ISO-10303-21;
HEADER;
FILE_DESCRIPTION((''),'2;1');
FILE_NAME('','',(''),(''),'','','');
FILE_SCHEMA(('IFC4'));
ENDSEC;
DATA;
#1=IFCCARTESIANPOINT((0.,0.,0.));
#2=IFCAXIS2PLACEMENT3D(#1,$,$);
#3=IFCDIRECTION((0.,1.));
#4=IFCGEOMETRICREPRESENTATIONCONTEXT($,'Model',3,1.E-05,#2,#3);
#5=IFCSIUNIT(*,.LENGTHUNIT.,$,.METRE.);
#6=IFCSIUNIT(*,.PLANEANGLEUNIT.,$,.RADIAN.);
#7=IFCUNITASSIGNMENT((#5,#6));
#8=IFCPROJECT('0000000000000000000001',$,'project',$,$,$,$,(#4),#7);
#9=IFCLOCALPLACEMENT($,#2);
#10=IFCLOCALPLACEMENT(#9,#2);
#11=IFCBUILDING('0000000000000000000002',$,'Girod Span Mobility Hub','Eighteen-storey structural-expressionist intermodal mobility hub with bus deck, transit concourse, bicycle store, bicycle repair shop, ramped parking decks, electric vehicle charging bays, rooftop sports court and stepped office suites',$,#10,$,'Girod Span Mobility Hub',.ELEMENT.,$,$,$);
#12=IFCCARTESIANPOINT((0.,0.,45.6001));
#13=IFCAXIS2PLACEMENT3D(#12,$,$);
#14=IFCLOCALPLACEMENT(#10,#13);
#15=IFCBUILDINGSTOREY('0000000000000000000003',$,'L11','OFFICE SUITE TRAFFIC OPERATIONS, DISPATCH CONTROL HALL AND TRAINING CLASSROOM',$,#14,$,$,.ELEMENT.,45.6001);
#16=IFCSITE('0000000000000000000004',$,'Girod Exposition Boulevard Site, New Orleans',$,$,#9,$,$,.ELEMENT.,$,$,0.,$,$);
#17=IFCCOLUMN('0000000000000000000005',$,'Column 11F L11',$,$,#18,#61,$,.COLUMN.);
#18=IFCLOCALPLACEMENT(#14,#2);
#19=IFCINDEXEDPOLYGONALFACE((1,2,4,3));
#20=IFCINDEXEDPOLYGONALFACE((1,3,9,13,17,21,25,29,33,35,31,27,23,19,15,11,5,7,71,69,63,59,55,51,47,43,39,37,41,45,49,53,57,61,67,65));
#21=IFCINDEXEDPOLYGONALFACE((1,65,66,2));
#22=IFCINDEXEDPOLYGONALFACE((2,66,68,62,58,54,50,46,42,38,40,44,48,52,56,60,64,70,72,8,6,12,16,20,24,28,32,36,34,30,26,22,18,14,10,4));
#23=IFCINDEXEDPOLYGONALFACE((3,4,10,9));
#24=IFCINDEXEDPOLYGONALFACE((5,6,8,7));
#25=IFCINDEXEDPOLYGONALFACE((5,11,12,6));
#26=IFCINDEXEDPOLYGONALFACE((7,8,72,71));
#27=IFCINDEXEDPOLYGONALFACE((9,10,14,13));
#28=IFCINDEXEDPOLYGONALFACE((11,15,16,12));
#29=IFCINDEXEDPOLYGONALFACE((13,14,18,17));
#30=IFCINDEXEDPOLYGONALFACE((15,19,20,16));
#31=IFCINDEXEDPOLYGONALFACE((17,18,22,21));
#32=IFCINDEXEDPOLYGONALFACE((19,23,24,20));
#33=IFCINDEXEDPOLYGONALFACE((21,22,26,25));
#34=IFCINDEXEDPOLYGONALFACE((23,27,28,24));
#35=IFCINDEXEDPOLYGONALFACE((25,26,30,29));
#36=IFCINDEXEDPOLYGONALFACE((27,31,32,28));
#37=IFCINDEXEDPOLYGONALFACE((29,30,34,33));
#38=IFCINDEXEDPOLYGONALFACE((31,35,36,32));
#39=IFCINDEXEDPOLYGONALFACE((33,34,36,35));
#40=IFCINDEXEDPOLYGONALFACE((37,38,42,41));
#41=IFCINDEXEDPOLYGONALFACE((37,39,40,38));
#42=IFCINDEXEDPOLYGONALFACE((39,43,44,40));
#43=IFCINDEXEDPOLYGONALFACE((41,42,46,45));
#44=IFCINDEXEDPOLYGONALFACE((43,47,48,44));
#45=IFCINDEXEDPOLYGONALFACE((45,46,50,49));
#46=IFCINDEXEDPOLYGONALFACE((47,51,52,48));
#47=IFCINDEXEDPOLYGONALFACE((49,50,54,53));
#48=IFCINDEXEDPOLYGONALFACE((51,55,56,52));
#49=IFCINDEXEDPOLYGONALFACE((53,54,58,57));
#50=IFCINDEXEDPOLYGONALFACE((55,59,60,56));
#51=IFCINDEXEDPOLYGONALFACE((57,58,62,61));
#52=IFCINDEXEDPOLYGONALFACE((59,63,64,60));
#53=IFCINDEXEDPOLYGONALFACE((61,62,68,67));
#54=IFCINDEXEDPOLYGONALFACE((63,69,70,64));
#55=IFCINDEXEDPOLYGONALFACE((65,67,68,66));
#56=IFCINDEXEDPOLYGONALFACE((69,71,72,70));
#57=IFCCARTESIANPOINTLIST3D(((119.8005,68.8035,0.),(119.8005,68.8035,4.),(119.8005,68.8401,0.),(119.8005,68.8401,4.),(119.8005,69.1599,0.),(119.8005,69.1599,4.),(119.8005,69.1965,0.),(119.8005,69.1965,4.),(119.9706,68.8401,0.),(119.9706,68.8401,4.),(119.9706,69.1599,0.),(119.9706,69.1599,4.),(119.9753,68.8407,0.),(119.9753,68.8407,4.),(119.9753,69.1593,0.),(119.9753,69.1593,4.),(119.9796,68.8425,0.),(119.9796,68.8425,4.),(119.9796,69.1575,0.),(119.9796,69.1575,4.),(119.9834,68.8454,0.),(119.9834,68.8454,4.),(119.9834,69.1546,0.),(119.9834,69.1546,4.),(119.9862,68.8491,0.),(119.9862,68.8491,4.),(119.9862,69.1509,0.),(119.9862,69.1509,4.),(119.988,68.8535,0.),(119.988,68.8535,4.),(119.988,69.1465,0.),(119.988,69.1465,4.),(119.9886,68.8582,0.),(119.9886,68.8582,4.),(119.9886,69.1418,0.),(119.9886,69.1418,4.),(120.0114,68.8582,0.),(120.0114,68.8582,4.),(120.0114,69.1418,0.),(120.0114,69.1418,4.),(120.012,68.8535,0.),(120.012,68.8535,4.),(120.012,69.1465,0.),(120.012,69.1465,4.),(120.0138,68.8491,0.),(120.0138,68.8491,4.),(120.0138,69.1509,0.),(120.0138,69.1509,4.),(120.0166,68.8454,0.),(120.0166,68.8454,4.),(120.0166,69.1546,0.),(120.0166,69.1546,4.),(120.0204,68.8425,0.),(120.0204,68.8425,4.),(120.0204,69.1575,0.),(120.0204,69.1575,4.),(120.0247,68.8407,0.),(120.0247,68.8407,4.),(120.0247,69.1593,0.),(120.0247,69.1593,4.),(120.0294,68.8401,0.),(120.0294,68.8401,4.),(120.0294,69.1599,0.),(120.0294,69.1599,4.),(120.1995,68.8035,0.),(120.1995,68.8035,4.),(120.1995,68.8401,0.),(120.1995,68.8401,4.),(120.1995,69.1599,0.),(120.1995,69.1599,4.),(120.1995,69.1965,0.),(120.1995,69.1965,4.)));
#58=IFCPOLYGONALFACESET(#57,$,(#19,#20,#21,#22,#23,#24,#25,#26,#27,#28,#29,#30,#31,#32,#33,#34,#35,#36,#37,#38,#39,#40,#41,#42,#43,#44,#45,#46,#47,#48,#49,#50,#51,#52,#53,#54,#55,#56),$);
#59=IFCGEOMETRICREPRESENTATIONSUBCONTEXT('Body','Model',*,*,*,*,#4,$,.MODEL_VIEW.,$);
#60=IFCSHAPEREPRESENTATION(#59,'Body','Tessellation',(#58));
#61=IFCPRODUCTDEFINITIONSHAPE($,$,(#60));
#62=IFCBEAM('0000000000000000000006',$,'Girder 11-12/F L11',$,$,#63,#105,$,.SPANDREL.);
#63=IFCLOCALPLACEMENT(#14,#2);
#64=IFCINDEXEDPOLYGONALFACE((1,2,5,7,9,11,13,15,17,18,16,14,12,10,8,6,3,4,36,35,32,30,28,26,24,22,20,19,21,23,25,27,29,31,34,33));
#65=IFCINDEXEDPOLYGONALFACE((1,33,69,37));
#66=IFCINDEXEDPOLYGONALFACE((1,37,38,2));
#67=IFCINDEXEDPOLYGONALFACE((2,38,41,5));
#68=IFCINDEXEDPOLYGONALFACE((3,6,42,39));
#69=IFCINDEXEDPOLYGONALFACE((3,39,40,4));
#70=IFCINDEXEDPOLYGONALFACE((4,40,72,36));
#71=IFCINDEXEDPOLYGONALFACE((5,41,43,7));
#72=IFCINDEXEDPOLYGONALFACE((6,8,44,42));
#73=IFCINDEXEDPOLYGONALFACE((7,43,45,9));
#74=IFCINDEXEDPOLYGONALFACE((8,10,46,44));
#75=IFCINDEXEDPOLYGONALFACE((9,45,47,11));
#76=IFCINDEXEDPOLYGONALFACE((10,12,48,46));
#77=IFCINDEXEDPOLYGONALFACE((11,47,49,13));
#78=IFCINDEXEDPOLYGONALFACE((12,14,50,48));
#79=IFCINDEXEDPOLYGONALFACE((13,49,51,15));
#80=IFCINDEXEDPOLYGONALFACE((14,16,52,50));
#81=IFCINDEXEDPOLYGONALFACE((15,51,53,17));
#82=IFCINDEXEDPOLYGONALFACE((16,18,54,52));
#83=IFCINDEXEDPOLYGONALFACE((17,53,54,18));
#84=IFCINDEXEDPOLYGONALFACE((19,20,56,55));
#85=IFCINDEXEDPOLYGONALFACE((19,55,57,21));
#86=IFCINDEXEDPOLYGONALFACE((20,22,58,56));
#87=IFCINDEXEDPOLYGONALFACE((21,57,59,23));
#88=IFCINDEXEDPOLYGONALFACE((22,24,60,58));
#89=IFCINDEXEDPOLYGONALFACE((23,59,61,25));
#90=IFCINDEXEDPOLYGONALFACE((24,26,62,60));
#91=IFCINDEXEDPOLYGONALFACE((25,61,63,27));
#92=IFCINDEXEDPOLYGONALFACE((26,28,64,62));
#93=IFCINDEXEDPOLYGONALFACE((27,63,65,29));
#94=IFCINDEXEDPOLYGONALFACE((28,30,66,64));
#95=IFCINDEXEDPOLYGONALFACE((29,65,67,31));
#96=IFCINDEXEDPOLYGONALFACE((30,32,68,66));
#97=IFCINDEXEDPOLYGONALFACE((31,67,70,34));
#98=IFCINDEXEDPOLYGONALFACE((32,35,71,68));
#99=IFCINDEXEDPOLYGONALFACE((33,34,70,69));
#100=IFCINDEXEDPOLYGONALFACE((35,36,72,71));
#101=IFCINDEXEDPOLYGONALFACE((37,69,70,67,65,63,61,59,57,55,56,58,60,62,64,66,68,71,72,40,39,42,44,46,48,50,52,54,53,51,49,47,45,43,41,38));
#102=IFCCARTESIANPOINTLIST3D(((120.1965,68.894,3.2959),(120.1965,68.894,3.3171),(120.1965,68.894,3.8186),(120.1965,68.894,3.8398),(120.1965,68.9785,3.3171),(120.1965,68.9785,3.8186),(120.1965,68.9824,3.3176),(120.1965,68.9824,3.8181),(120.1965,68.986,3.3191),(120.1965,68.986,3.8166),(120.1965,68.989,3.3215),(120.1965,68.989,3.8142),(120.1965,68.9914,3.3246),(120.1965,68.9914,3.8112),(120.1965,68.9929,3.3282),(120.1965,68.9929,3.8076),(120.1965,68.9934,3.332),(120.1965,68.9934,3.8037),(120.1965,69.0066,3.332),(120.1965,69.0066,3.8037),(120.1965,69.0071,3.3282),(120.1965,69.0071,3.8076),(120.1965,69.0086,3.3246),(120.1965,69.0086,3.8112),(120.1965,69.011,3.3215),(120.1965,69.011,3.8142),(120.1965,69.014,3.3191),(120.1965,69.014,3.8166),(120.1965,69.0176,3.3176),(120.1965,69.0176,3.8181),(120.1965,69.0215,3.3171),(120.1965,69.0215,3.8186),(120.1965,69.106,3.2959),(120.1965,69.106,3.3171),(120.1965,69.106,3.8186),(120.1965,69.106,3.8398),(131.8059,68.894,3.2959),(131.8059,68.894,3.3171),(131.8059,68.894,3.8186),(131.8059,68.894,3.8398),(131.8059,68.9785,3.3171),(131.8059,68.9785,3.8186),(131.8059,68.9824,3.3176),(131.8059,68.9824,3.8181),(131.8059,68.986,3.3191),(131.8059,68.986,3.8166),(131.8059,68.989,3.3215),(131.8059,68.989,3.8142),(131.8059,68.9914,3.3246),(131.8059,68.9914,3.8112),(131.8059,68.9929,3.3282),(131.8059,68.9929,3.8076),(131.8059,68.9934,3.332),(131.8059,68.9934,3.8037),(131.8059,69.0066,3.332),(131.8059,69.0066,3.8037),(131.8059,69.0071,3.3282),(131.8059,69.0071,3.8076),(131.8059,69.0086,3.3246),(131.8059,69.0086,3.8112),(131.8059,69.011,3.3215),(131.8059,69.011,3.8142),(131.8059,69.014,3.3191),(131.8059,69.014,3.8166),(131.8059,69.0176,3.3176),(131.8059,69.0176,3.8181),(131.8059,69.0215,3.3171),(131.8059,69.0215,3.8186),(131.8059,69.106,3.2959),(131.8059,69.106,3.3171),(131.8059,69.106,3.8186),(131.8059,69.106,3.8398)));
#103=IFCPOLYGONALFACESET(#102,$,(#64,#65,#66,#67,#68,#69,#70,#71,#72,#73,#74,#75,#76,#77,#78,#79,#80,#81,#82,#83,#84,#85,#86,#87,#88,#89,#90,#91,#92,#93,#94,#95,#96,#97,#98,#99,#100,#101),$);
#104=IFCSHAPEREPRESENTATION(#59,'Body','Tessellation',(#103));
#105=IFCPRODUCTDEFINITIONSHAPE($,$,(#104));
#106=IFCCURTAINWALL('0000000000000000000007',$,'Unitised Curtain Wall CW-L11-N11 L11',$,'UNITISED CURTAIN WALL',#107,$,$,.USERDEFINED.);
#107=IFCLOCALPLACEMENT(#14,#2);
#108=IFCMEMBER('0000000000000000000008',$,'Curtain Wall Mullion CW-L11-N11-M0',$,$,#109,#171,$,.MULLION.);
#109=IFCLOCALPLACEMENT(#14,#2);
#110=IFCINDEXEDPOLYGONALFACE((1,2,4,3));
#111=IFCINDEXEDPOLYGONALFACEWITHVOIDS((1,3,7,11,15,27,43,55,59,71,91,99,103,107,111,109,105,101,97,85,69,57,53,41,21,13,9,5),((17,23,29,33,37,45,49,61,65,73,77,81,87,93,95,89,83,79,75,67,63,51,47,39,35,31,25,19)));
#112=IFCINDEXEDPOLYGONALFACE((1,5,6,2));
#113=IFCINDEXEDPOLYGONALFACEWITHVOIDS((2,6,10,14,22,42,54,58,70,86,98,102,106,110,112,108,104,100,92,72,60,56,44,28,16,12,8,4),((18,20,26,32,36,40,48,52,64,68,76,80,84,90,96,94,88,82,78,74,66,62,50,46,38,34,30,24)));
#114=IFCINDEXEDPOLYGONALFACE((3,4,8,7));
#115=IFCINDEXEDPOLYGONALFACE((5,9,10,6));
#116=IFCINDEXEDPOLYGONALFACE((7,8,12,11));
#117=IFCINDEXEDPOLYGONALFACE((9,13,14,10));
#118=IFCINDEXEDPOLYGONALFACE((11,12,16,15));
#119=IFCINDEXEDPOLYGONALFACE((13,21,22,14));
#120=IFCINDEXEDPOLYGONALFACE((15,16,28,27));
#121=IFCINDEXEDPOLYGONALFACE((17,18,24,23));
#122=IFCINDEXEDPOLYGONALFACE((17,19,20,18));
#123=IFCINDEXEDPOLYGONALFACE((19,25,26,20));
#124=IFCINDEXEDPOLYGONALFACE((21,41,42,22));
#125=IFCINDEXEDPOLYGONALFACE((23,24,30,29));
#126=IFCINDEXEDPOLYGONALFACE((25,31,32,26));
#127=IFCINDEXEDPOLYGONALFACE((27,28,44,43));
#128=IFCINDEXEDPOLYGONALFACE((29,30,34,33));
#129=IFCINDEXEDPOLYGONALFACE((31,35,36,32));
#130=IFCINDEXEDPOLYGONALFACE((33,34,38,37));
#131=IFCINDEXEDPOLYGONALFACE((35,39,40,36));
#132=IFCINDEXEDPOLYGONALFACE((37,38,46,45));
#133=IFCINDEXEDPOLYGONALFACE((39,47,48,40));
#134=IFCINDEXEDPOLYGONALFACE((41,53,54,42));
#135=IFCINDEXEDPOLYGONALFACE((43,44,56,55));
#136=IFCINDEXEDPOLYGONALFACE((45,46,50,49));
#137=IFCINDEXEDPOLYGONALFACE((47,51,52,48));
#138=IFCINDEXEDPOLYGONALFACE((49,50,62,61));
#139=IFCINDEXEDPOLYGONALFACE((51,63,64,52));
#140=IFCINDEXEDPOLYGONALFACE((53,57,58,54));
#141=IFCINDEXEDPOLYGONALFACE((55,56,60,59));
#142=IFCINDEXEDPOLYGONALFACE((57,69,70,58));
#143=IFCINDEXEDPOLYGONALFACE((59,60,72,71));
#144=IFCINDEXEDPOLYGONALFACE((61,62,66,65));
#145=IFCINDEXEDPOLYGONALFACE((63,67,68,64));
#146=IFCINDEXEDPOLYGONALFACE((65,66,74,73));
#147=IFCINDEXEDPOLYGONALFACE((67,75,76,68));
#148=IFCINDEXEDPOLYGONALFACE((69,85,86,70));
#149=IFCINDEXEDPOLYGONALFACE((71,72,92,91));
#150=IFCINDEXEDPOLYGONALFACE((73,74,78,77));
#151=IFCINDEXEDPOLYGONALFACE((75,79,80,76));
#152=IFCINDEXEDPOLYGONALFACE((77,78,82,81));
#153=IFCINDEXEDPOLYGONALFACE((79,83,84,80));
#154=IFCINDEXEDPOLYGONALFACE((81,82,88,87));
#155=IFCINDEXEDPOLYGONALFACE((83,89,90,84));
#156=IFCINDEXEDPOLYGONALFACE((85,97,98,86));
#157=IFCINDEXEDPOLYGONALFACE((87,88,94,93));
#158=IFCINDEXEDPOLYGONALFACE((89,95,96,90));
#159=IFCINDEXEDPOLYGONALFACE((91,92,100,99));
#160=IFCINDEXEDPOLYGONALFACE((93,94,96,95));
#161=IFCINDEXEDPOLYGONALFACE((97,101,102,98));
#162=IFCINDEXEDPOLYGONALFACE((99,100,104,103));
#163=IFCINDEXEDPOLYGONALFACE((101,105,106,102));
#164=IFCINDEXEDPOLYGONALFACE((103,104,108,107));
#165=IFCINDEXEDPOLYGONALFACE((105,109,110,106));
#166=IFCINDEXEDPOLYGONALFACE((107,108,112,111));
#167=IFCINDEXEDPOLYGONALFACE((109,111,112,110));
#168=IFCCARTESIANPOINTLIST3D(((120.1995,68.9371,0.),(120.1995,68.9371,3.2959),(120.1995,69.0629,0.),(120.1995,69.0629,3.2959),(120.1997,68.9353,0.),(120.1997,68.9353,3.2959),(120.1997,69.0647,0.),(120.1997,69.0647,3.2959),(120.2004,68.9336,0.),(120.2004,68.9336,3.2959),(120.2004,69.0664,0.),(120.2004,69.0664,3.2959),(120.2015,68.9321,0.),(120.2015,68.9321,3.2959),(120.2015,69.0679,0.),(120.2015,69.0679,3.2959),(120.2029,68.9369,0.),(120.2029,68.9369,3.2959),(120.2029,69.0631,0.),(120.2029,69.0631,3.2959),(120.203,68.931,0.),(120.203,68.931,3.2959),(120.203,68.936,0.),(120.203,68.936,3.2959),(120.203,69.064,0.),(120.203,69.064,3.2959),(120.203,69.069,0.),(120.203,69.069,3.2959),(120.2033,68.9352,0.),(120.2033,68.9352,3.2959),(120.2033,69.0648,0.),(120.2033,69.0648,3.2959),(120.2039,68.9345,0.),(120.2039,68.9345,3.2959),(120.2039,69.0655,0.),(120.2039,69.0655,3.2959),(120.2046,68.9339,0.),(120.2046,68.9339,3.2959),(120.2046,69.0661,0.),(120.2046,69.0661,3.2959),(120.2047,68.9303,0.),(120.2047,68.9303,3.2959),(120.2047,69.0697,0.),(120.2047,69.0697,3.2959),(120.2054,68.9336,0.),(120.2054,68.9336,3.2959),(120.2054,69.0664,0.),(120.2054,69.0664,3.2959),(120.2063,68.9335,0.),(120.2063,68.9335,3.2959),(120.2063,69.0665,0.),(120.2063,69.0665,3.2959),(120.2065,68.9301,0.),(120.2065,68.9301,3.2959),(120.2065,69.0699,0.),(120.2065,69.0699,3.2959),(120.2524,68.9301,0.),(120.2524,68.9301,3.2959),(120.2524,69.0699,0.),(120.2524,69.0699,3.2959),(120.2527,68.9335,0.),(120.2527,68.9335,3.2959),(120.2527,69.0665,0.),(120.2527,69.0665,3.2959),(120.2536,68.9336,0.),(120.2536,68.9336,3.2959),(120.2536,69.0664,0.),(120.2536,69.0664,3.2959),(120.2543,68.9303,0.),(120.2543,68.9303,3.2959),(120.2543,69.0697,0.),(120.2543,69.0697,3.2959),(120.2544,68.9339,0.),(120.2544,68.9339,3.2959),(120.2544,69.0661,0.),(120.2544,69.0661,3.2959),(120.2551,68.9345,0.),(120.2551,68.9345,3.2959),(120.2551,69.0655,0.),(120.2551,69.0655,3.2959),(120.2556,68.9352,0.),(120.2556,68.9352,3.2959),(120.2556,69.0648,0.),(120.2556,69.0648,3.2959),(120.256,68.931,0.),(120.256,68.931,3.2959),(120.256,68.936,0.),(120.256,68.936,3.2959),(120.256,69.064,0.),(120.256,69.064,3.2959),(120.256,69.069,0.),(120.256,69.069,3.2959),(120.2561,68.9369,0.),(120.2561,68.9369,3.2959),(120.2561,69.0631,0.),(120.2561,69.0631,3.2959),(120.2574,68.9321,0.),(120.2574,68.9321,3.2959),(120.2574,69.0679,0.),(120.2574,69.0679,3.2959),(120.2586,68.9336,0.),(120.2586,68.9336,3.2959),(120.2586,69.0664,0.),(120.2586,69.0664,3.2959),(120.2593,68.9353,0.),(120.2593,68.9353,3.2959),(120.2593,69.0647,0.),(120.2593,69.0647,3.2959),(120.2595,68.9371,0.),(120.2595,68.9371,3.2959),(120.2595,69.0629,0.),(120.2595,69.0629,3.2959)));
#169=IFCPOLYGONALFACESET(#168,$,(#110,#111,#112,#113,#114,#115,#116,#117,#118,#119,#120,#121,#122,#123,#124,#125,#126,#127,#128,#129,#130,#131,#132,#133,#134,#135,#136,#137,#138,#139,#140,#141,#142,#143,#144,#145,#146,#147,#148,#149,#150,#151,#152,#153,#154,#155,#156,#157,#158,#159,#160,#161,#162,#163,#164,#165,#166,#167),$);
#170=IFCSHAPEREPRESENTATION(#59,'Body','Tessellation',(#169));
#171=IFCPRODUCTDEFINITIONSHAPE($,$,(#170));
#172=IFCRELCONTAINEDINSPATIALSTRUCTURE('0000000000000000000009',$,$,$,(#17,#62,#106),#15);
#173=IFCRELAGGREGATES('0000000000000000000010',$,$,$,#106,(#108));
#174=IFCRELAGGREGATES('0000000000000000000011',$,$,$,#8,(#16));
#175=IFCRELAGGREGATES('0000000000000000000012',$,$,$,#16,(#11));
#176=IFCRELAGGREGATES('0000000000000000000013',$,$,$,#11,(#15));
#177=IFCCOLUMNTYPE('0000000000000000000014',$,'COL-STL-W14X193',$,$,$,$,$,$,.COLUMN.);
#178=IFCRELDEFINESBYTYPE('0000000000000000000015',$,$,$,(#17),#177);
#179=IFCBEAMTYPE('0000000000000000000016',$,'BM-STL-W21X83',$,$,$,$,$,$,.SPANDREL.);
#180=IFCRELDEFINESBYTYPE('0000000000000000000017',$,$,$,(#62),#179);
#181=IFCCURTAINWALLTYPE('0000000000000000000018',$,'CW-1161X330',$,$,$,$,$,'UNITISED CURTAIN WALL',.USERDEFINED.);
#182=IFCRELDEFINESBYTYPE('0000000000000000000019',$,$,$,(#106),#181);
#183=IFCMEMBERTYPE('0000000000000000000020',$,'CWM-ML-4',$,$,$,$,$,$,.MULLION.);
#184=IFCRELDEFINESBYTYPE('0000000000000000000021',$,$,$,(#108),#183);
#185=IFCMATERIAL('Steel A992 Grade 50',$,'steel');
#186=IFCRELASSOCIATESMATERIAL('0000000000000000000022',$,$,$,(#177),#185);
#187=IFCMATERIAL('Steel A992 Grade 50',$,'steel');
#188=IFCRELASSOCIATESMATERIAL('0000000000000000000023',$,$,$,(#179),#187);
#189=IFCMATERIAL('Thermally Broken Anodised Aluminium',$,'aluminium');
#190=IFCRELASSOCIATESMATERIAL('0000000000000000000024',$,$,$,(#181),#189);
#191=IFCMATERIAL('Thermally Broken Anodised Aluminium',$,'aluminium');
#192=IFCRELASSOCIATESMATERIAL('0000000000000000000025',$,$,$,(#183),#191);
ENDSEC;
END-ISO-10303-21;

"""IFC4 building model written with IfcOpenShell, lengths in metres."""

from ifc_helpers import new_model, si_unit, direction, frame, origin, origin_2d, place, context, subcontext, project, spatial, hollow_rectangle, i_section, extrude, material, material_profile, profile_set, type_object, element, aggregate, save


model = new_model("IFC4")

# Units and contexts
model_context = context("Model", 3, precision=1e-05, world=origin(), true_north=direction((0.0, 1.0)))
body_context = subcontext(model_context, "Body", "Model", "MODEL_VIEW")
ifc_project = project(units=[si_unit("LENGTHUNIT", "METRE"), si_unit("PLANEANGLEUNIT", "RADIAN")], contexts=[model_context])

# Site, building, storey
site_placement = place(None, origin())
site = spatial("IfcSite", under=ifc_project, at=site_placement, Name="Girod Exposition Boulevard Site, New Orleans", CompositionType="ELEMENT", RefElevation=0.0)
building_placement = place(site_placement, origin())
building = spatial("IfcBuilding", under=site, at=building_placement, Name="Girod Span Mobility Hub", Description="Eighteen-storey structural-expressionist intermodal mobility hub with bus deck, transit concourse, bicycle store, bicycle repair shop, ramped parking decks, electric vehicle charging bays, rooftop sports court and stepped office suites", LongName="Girod Span Mobility Hub", CompositionType="ELEMENT")
storey_placement = place(building_placement, frame((0.0, 0.0, 45.6001)))
storey = spatial("IfcBuildingStorey", under=building, at=storey_placement, Name="L11", Description="OFFICE SUITE TRAFFIC OPERATIONS, DISPATCH CONTROL HALL AND TRAINING CLASSROOM", CompositionType="ELEMENT", Elevation=45.6001)

# Column
ifc_material_1 = material(Name="Steel A992 Grade 50", Category="steel")
ifc_material_profile_1 = material_profile(ifc_material_1, i_section(OverallWidth=0.3989, OverallDepth=0.3931, WebThickness=0.0227, FlangeThickness=0.0366, FilletRadius=0.0181, at=origin_2d()), Name="W14X193")
ifc_profile_set_1 = profile_set([ifc_material_profile_1], Name="Steel A992 Grade 50")
column_type = type_object("IfcColumnType", Name="COL-STL-W14X193", PredefinedType="COLUMN", material=ifc_profile_set_1)
column_placement = place(storey_placement, frame((120.0, 69.0, 0.0), z_axis=(0.0, 0.0, 1.0), x_axis=(1.0, 0.0, 0.0)))
element("IfcColumn", 1, at=column_placement, inside=storey, type_object=column_type, Name="Column 11F L11", PredefinedType="COLUMN", context=body_context, shape_type="SweptSolid", body=[
    extrude(i_section(OverallWidth=0.3989, OverallDepth=0.3931, WebThickness=0.0227, FlangeThickness=0.0366, FilletRadius=0.0181, at=origin_2d()), origin(), (0.0, 0.0, 1.0), 4.0),
])

# Beam
ifc_material_2 = material(Name="Steel A992 Grade 50", Category="steel")
ifc_material_profile_2 = material_profile(ifc_material_2, i_section(OverallWidth=0.2119, OverallDepth=0.5439, WebThickness=0.0132, FlangeThickness=0.0212, FilletRadius=0.0149, at=origin_2d()), Name="W21X83")
ifc_profile_set_2 = profile_set([ifc_material_profile_2], Name="Steel A992 Grade 50")
beam_type = type_object("IfcBeamType", Name="BM-STL-W21X83", PredefinedType="SPANDREL", material=ifc_profile_set_2)
beam_placement = place(storey_placement, frame((120.1965, 69.0, 3.5679), z_axis=(1.0, 0.0, 0.0), x_axis=(0.0, 1.0, 0.0)))
element("IfcBeam", 2, at=beam_placement, inside=storey, type_object=beam_type, Name="Girder 11-12/F L11", PredefinedType="SPANDREL", context=body_context, shape_type="SweptSolid", body=[
    extrude(i_section(OverallWidth=0.2119, OverallDepth=0.5439, WebThickness=0.0132, FlangeThickness=0.0212, FilletRadius=0.0149, at=origin_2d()), origin(), (0.0, 0.0, 1.0), 11.6094),
])

# Curtain wall, member
ifc_material_3 = material(Name="Thermally Broken Anodised Aluminium", Category="aluminium")
curtain_wall_type = type_object("IfcCurtainWallType", Name="CW-1161X330", ElementType="UNITISED CURTAIN WALL", PredefinedType="USERDEFINED", material=ifc_material_3)
curtain_wall_placement = place(storey_placement, origin())
curtain_wall = element("IfcCurtainWall", 3, at=curtain_wall_placement, inside=storey, type_object=curtain_wall_type, Name="Unitised Curtain Wall CW-L11-N11 L11", ObjectType="UNITISED CURTAIN WALL", PredefinedType="USERDEFINED")
ifc_material_4 = material(Name="Thermally Broken Anodised Aluminium", Category="aluminium")
ifc_material_profile_3 = material_profile(ifc_material_4, hollow_rectangle(XDim=0.1399, YDim=0.0601, WallThickness=0.0034, InnerFilletRadius=0.0034, OuterFilletRadius=0.0071, at=origin_2d()), Name="CW-ML-60X140")
ifc_profile_set_3 = profile_set([ifc_material_profile_3], Name="Thermally Broken Anodised Aluminium")
member_type_1 = type_object("IfcMemberType", Name="CWM-ML-4", PredefinedType="MULLION", material=ifc_profile_set_3)
member_1_placement = place(storey_placement, frame((120.2295, 69.0, 0.0), z_axis=(0.0, 0.0, 1.0), x_axis=(0.0, 1.0, 0.0)))
member_1 = element("IfcMember", 4, at=member_1_placement, type_object=member_type_1, Name="Curtain Wall Mullion CW-L11-N11-M0", PredefinedType="MULLION", context=body_context, shape_type="SweptSolid", body=[
    extrude(hollow_rectangle(XDim=0.1399, YDim=0.0601, WallThickness=0.0034, InnerFilletRadius=0.0034, OuterFilletRadius=0.0071, at=origin_2d()), origin(), (0.0, 0.0, 1.0), 3.2959),
])

aggregate(curtain_wall, [member_1])

save(model, "model.ifc")
